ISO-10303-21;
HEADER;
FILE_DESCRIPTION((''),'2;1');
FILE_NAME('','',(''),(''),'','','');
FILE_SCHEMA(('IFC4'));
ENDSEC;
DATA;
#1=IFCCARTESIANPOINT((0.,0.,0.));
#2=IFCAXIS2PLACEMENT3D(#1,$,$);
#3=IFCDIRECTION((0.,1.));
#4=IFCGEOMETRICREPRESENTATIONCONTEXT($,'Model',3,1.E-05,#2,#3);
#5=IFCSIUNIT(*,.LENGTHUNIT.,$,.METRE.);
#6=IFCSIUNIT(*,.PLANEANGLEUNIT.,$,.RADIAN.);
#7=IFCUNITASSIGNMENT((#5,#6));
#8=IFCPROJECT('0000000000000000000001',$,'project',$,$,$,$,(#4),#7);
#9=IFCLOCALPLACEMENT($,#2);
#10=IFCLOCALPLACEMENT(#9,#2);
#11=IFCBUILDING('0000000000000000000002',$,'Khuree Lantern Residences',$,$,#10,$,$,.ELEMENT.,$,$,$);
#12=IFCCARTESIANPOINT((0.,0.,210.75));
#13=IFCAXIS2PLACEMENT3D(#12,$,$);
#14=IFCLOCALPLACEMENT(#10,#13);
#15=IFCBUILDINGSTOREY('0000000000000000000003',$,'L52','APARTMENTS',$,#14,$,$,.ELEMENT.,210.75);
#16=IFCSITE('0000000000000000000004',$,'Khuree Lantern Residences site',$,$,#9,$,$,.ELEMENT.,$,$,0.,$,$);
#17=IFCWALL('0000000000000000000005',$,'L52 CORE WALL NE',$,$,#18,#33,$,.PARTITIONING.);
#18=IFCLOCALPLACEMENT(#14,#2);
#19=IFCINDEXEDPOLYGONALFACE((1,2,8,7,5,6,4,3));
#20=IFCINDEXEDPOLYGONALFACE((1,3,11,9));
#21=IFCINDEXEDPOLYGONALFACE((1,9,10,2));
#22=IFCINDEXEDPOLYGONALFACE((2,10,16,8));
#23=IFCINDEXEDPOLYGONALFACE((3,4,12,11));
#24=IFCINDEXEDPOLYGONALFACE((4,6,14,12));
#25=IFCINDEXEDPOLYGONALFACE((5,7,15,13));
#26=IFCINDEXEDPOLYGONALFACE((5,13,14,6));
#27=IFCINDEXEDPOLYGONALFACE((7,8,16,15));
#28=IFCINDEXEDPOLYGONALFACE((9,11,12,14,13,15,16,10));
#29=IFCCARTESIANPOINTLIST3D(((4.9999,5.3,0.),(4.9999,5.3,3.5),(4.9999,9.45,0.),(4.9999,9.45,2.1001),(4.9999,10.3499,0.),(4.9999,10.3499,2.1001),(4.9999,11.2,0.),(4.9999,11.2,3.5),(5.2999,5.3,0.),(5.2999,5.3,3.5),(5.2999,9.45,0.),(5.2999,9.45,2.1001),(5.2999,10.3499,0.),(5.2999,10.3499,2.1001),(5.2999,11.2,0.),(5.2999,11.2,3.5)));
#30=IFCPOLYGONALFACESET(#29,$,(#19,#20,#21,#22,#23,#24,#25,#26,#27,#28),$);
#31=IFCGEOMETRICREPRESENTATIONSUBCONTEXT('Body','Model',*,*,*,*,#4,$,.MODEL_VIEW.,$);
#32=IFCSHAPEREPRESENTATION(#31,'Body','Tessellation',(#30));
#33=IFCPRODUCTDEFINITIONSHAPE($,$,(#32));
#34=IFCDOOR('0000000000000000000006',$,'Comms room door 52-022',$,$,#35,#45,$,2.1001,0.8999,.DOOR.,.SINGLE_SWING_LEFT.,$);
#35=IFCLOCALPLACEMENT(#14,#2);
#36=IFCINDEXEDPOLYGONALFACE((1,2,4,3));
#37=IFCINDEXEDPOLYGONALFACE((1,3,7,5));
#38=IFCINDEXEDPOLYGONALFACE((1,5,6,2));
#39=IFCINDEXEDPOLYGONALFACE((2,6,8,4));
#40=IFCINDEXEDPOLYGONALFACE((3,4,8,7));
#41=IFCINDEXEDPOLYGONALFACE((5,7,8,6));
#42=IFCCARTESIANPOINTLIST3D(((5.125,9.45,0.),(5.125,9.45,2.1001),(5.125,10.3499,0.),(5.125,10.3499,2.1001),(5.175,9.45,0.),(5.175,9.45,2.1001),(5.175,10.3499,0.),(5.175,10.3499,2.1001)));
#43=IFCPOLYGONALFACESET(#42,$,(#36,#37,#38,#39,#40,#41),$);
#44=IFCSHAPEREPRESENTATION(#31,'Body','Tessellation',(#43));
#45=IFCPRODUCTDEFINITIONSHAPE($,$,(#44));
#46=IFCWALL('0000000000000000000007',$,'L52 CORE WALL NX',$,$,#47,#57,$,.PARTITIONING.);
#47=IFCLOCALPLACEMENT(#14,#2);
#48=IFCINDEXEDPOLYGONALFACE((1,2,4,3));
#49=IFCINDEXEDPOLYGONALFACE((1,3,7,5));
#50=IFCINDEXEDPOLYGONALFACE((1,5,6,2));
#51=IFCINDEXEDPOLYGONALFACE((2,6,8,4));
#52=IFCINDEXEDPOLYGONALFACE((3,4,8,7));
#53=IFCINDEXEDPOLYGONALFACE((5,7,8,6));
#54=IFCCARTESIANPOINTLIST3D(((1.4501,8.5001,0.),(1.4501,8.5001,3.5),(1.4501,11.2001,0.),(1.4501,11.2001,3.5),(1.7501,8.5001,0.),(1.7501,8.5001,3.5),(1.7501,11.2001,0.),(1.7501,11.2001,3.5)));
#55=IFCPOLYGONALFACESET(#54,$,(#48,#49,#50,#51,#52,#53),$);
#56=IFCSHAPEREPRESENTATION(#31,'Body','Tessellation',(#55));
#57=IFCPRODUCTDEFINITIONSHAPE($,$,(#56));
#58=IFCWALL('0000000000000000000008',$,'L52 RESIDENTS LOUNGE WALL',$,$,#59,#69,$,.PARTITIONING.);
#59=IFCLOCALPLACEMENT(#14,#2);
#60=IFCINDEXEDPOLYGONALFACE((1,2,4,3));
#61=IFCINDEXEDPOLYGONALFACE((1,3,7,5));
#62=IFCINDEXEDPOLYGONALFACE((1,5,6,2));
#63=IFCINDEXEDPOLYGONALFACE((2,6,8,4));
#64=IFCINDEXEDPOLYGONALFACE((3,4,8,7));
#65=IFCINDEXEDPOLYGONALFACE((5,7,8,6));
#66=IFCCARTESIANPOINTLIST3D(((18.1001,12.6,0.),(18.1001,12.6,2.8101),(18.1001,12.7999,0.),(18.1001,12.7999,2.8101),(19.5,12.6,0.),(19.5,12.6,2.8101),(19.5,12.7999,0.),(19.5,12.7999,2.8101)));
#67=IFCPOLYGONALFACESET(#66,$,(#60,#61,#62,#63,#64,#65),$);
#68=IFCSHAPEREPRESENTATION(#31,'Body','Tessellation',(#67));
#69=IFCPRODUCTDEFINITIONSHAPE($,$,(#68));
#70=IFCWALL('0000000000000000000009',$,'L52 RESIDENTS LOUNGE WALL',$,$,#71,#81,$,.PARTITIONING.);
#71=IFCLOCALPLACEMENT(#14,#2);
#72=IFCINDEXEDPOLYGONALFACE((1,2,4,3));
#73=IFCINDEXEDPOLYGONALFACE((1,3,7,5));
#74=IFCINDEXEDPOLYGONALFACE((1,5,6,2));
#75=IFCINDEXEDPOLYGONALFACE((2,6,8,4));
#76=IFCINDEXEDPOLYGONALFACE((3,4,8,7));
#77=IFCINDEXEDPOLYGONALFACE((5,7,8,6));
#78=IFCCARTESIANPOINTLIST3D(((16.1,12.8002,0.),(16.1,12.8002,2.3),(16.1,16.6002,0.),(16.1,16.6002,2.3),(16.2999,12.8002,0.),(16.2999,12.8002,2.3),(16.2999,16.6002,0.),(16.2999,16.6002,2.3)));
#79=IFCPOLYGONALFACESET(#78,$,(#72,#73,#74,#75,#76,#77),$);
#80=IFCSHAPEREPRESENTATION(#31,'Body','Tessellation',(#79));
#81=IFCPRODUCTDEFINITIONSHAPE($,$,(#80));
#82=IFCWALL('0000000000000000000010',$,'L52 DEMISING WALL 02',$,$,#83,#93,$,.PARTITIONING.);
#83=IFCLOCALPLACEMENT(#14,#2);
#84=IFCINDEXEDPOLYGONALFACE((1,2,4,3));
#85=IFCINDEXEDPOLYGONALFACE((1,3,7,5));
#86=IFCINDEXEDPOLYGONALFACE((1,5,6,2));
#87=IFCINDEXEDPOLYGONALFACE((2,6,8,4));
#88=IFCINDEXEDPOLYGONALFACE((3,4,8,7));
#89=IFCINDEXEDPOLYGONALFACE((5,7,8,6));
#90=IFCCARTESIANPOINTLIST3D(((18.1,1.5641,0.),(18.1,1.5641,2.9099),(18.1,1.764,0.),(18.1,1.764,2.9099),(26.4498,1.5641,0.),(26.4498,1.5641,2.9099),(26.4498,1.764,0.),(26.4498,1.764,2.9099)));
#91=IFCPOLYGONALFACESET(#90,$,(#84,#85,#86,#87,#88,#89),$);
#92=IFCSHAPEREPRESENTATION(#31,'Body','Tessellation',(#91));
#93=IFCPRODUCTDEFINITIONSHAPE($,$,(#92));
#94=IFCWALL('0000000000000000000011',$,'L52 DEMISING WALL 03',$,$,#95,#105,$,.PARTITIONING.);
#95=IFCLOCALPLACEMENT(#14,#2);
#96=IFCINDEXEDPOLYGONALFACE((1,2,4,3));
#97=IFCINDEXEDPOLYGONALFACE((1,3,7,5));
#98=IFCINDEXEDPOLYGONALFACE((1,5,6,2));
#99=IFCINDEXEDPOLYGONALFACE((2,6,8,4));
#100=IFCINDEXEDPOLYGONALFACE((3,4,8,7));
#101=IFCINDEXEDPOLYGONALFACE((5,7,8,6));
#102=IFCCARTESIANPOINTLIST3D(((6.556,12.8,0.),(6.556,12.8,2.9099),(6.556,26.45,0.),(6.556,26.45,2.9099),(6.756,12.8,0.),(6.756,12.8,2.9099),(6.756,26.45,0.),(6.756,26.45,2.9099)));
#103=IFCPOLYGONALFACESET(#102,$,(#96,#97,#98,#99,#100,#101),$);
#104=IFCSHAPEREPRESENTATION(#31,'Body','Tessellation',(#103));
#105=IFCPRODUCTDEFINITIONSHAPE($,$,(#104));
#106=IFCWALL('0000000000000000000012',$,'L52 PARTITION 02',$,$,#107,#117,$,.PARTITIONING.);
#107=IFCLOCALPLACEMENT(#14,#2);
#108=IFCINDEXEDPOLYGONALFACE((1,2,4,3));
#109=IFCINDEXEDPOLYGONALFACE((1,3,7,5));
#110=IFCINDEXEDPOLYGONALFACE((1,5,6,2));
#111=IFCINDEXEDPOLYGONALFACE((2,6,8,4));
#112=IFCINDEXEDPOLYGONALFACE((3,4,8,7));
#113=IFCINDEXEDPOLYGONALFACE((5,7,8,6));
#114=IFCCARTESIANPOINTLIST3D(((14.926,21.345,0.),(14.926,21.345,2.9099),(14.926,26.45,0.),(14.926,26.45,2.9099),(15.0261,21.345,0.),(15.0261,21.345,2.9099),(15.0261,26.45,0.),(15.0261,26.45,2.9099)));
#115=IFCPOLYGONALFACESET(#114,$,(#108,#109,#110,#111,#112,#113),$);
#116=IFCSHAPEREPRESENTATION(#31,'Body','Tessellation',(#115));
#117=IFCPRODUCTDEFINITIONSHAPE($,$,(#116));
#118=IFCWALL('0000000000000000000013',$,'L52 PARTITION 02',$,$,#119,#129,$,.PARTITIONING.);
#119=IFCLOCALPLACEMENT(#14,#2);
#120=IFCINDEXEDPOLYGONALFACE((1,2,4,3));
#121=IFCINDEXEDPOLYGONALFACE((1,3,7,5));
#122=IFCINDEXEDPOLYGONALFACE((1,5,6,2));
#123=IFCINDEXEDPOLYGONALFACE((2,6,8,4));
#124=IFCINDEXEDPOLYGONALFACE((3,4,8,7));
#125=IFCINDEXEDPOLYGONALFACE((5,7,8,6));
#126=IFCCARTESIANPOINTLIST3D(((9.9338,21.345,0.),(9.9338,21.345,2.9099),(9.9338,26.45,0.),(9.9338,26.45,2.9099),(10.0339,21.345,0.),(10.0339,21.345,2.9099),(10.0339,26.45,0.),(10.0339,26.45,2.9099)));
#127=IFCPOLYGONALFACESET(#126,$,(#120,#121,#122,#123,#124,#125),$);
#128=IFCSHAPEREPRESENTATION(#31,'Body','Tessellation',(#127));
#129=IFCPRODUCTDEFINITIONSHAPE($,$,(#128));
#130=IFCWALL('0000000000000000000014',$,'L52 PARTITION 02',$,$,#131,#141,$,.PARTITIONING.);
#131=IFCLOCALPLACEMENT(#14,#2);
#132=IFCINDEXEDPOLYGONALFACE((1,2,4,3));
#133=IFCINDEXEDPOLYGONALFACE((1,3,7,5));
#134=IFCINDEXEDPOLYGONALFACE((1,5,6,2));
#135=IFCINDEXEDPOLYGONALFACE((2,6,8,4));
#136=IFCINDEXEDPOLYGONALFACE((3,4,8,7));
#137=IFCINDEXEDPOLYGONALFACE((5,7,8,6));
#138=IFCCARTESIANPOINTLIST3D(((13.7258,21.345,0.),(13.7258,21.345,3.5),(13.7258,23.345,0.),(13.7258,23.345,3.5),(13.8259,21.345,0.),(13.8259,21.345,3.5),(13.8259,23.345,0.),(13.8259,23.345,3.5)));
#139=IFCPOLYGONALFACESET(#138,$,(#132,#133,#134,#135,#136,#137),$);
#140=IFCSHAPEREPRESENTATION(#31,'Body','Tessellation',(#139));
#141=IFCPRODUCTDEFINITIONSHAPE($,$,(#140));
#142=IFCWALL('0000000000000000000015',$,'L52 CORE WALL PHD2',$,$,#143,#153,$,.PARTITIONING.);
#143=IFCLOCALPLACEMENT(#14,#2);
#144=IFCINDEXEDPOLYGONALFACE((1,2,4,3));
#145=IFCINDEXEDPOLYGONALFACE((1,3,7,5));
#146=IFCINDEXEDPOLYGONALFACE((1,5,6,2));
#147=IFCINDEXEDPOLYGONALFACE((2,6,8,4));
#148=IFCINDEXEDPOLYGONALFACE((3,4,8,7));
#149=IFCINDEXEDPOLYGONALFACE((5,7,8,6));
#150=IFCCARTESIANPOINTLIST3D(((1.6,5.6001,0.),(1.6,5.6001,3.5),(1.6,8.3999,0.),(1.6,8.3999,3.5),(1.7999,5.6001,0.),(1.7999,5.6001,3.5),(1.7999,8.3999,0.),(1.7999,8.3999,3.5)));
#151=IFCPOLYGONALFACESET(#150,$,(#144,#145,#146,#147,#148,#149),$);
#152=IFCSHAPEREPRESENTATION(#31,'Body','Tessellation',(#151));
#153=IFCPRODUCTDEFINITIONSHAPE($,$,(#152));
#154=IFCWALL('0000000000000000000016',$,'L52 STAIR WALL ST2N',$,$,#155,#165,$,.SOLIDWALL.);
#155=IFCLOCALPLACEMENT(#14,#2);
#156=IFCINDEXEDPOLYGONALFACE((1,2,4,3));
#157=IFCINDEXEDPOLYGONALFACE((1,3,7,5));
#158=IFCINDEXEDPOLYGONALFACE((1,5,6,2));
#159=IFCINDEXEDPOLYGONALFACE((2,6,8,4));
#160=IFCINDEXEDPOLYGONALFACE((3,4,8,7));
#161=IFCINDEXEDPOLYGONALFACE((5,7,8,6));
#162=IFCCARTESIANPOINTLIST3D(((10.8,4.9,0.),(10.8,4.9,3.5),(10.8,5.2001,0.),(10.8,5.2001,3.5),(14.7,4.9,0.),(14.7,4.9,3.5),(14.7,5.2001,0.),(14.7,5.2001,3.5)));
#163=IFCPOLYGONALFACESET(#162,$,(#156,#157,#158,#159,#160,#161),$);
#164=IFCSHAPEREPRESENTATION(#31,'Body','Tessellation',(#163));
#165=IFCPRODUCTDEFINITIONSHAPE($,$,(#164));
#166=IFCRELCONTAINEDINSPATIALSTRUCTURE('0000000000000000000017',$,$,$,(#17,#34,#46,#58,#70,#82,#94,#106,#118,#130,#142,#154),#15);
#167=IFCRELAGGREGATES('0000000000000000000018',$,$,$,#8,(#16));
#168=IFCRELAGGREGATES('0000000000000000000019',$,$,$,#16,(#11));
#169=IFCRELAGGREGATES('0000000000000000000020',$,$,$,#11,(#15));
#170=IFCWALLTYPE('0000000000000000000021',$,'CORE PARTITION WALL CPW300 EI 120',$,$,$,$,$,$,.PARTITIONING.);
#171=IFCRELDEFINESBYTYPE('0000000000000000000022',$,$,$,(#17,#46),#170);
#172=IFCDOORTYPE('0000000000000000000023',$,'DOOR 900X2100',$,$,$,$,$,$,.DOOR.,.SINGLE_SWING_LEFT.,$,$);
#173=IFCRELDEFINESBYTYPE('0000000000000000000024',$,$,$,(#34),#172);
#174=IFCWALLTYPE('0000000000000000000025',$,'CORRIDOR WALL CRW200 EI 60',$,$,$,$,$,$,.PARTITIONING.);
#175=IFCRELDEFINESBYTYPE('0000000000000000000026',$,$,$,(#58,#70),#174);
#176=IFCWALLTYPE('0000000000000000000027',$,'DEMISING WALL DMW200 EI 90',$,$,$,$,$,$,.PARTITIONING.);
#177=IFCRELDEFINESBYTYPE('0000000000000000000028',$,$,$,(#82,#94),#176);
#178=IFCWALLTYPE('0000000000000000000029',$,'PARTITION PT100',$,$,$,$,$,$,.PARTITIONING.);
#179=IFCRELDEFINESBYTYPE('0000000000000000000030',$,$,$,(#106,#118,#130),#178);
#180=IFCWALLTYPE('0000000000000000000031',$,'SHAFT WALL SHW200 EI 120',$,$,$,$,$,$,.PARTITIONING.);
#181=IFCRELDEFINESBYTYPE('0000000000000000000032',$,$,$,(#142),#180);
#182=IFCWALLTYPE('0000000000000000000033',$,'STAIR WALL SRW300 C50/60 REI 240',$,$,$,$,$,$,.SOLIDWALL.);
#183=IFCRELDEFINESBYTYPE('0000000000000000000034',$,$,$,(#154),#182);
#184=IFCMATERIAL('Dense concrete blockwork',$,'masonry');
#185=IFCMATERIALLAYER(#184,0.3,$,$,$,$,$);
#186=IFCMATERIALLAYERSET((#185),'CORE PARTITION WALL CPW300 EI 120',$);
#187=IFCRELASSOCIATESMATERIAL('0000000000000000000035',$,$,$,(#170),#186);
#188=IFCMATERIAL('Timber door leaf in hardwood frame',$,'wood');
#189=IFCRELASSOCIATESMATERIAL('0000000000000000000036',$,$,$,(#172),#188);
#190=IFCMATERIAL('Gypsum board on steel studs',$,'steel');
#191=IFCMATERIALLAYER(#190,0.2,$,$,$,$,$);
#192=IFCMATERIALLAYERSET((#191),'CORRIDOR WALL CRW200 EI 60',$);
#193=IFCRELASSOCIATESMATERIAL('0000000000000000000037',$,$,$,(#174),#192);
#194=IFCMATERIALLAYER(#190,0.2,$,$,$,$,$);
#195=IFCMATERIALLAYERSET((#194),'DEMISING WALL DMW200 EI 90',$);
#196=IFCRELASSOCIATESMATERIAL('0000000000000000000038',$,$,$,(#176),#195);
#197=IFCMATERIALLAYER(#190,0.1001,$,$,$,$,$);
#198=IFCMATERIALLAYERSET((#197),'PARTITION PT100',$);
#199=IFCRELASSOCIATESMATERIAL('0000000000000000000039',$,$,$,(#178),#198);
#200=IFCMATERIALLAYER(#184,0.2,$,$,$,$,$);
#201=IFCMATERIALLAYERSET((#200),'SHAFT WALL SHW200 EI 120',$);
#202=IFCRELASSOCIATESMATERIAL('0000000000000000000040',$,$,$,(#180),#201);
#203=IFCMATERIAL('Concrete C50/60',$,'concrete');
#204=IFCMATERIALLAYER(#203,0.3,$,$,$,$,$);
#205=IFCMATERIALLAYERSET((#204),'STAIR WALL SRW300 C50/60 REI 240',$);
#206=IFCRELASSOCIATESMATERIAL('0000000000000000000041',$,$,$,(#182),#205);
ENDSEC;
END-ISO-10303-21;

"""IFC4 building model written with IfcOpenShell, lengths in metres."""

from ifc_helpers import new_model, si_unit, direction, frame, frame_2d, origin, place, context, subcontext, project, spatial, rectangle, extrude, material, layer, layer_set, type_object, element, fill, save


model = new_model("IFC4")

# Units and contexts
model_context = context("Model", 3, precision=1e-05, world=origin(), true_north=direction((0.0, 1.0)))
body_context = subcontext(model_context, "Body", "Model", "MODEL_VIEW")
ifc_project = project(units=[si_unit("LENGTHUNIT", "METRE"), si_unit("PLANEANGLEUNIT", "RADIAN")], contexts=[model_context])

# Site, building, storey
site_placement = place(None, origin())
site = spatial("IfcSite", under=ifc_project, at=site_placement, Name="Khuree Lantern Residences site", CompositionType="ELEMENT", RefElevation=0.0)
building_placement = place(site_placement, origin())
building = spatial("IfcBuilding", under=site, at=building_placement, Name="Khuree Lantern Residences", CompositionType="ELEMENT")
storey_placement = place(building_placement, frame((0.0, 0.0, 210.75)))
storey = spatial("IfcBuildingStorey", under=building, at=storey_placement, Name="L52", Description="APARTMENTS", CompositionType="ELEMENT", Elevation=210.75)

# Shared definitions
ifc_material_1 = material(Name="Concrete C50/60", Category="concrete")

# Shared definitions
ifc_material_2 = material(Name="Timber door leaf in hardwood frame", Category="wood")

# Shared definitions
ifc_material_3 = material(Name="Dense concrete blockwork", Category="masonry")
ifc_layer_1 = layer(ifc_material_3, 0.3)
ifc_layer_set_1 = layer_set([ifc_layer_1], Name="CORE PARTITION WALL CPW300 EI 120")
wall_type_1 = type_object("IfcWallType", Name="CORE PARTITION WALL CPW300 EI 120", PredefinedType="PARTITIONING", material=ifc_layer_set_1)

# Wall, opening, door
wall_1_placement = place(storey_placement, frame((5.1499, 5.3, 0.0), z_axis=(0.0, 0.0, 1.0), x_axis=(0.0, 1.0, 0.0)))
wall_1 = element("IfcWall", 1, at=wall_1_placement, inside=storey, type_object=wall_type_1, Name="L52 CORE WALL NE", PredefinedType="PARTITIONING", context=body_context, shape_type="SweptSolid", body=[
    extrude(rectangle(XDim=5.8999, YDim=0.3, at=frame_2d((2.95, 0.0))), origin(), (0.0, 0.0, 1.0), 3.5),
])
opening_1_placement = place(wall_1_placement, frame((4.1499, 0.0, 0.0)))
opening_1 = element("IfcOpeningElement", 2, at=opening_1_placement, cuts=wall_1, PredefinedType="OPENING", context=body_context, shape_type="SweptSolid", body=[
    extrude(rectangle(XDim=0.8999, YDim=2.1001, at=frame_2d((0.45, 1.05))), frame((0.0, 0.1602, 0.0), z_axis=(0.0, -1.0, 0.0), x_axis=(1.0, 0.0, 0.0)), (0.0, 0.0, 1.0), 0.3201),
])
door_type_1 = type_object("IfcDoorType", Name="DOOR 900X2100", OperationType="SINGLE_SWING_LEFT", PredefinedType="DOOR", material=ifc_material_2)
door_1_placement = place(opening_1_placement, origin())
door_1 = element("IfcDoor", 3, at=door_1_placement, inside=storey, type_object=door_type_1, Name="Comms room door 52-022", OperationType="SINGLE_SWING_LEFT", OverallHeight=2.1001, OverallWidth=0.8999, PredefinedType="DOOR", context=body_context, shape_type="SweptSolid", body=[
    extrude(rectangle(XDim=0.8999, YDim=2.1001, at=frame_2d((0.45, 1.05))), frame((0.0, 0.0249, 0.0), z_axis=(0.0, -1.0, 0.0), x_axis=(1.0, 0.0, 0.0)), (0.0, 0.0, 1.0), 0.05),
])
fill(opening_1, door_1)

# Walls
wall_2_placement = place(storey_placement, frame((1.6001, 8.5, 0.0), z_axis=(0.0, 0.0, 1.0), x_axis=(0.0, 1.0, 0.0)))
element("IfcWall", 4, at=wall_2_placement, inside=storey, type_object=wall_type_1, Name="L52 CORE WALL NX", PredefinedType="PARTITIONING", context=body_context, shape_type="SweptSolid", body=[
    extrude(rectangle(XDim=2.7, YDim=0.3, at=frame_2d((1.3501, 0.0))), origin(), (0.0, 0.0, 1.0), 3.5),
])
ifc_material_4 = material(Name="Gypsum board on steel studs", Category="steel")
ifc_layer_2 = layer(ifc_material_4, 0.2)
ifc_layer_set_2 = layer_set([ifc_layer_2], Name="CORRIDOR WALL CRW200 EI 60")
wall_type_2 = type_object("IfcWallType", Name="CORRIDOR WALL CRW200 EI 60", PredefinedType="PARTITIONING", material=ifc_layer_set_2)
wall_3_placement = place(storey_placement, frame((18.1001, 12.7, 0.0), z_axis=(0.0, 0.0, 1.0), x_axis=(1.0, 0.0, 0.0)))
element("IfcWall", 5, at=wall_3_placement, inside=storey, type_object=wall_type_2, Name="L52 RESIDENTS LOUNGE WALL", PredefinedType="PARTITIONING", context=body_context, shape_type="SweptSolid", body=[
    extrude(rectangle(XDim=1.3999, YDim=0.2, at=frame_2d((0.7, 0.0))), origin(), (0.0, 0.0, 1.0), 2.8101),
])
wall_4_placement = place(storey_placement, frame((16.2, 16.6001, 0.0), z_axis=(0.0, 0.0, 1.0), x_axis=(0.0, -1.0, 0.0)))
element("IfcWall", 6, at=wall_4_placement, inside=storey, type_object=wall_type_2, Name="L52 RESIDENTS LOUNGE WALL", PredefinedType="PARTITIONING", context=body_context, shape_type="SweptSolid", body=[
    extrude(rectangle(XDim=3.8, YDim=0.2, at=frame_2d((1.8999, 0.0))), origin(), (0.0, 0.0, 1.0), 2.3),
])
ifc_layer_3 = layer(ifc_material_4, 0.2)
ifc_layer_set_3 = layer_set([ifc_layer_3], Name="DEMISING WALL DMW200 EI 90")
wall_type_3 = type_object("IfcWallType", Name="DEMISING WALL DMW200 EI 90", PredefinedType="PARTITIONING", material=ifc_layer_set_3)
wall_5_placement = place(storey_placement, frame((18.1001, 1.6641, 0.0), z_axis=(0.0, 0.0, 1.0), x_axis=(1.0, 0.0, 0.0)))
element("IfcWall", 7, at=wall_5_placement, inside=storey, type_object=wall_type_3, Name="L52 DEMISING WALL 02", PredefinedType="PARTITIONING", context=body_context, shape_type="SweptSolid", body=[
    extrude(rectangle(XDim=8.3499, YDim=0.2, at=frame_2d((4.1748, 0.0))), origin(), (0.0, 0.0, 1.0), 2.9099),
])
wall_6_placement = place(storey_placement, frame((6.656, 12.8, 0.0), z_axis=(0.0, 0.0, 1.0), x_axis=(0.0, 1.0, 0.0)))
element("IfcWall", 8, at=wall_6_placement, inside=storey, type_object=wall_type_3, Name="L52 DEMISING WALL 03", PredefinedType="PARTITIONING", context=body_context, shape_type="SweptSolid", body=[
    extrude(rectangle(XDim=13.6499, YDim=0.2, at=frame_2d((6.825, 0.0))), origin(), (0.0, 0.0, 1.0), 2.9099),
])
ifc_layer_4 = layer(ifc_material_4, 0.1001)
ifc_layer_set_4 = layer_set([ifc_layer_4], Name="PARTITION PT100")
wall_type_4 = type_object("IfcWallType", Name="PARTITION PT100", PredefinedType="PARTITIONING", material=ifc_layer_set_4)
for number, where, z_axis, x_axis, name in (
    (9, (14.9761, 21.345, 0.0), (0.0, 0.0, 1.0), (0.0, 1.0, 0.0), "L52 PARTITION 02"),
    (10, (9.9839, 21.345, 0.0), (0.0, 0.0, 1.0), (0.0, 1.0, 0.0), "L52 PARTITION 02"),
):
    element("IfcWall", number, at=place(storey_placement, frame(where, z_axis=z_axis, x_axis=x_axis)), inside=storey, type_object=wall_type_4, Name=name, PredefinedType="PARTITIONING", context=body_context, shape_type="SweptSolid", body=[
        extrude(rectangle(XDim=5.105, YDim=0.1001, at=frame_2d((2.5525, 0.0))), origin(), (0.0, 0.0, 1.0), 2.9099),
    ])
wall_7_placement = place(storey_placement, frame((13.7759, 21.345, 0.0), z_axis=(0.0, 0.0, 1.0), x_axis=(0.0, 1.0, 0.0)))
element("IfcWall", 11, at=wall_7_placement, inside=storey, type_object=wall_type_4, Name="L52 PARTITION 02", PredefinedType="PARTITIONING", context=body_context, shape_type="SweptSolid", body=[
    extrude(rectangle(XDim=2.0, YDim=0.1001, at=frame_2d((1.0, 0.0))), origin(), (0.0, 0.0, 1.0), 3.5),
])
ifc_layer_5 = layer(ifc_material_3, 0.2)
ifc_layer_set_5 = layer_set([ifc_layer_5], Name="SHAFT WALL SHW200 EI 120")
wall_type_5 = type_object("IfcWallType", Name="SHAFT WALL SHW200 EI 120", PredefinedType="PARTITIONING", material=ifc_layer_set_5)
wall_8_placement = place(storey_placement, frame((1.7, 5.6001, 0.0), z_axis=(0.0, 0.0, 1.0), x_axis=(0.0, 1.0, 0.0)))
element("IfcWall", 12, at=wall_8_placement, inside=storey, type_object=wall_type_5, Name="L52 CORE WALL PHD2", PredefinedType="PARTITIONING", context=body_context, shape_type="SweptSolid", body=[
    extrude(rectangle(XDim=2.7998, YDim=0.2, at=frame_2d((1.3999, 0.0))), origin(), (0.0, 0.0, 1.0), 3.5),
])
ifc_layer_6 = layer(ifc_material_1, 0.3)
ifc_layer_set_6 = layer_set([ifc_layer_6], Name="STAIR WALL SRW300 C50/60 REI 240")
wall_type_6 = type_object("IfcWallType", Name="STAIR WALL SRW300 C50/60 REI 240", PredefinedType="SOLIDWALL", material=ifc_layer_set_6)
wall_9_placement = place(storey_placement, frame((14.7, 5.05, 0.0), z_axis=(0.0, 0.0, 1.0), x_axis=(-1.0, 0.0, 0.0)))
element("IfcWall", 13, at=wall_9_placement, inside=storey, type_object=wall_type_6, Name="L52 STAIR WALL ST2N", PredefinedType="SOLIDWALL", context=body_context, shape_type="SweptSolid", body=[
    extrude(rectangle(XDim=3.8999, YDim=0.3, at=frame_2d((1.95, 0.0))), origin(), (0.0, 0.0, 1.0), 3.5),
])

save(model, "model.ifc")
